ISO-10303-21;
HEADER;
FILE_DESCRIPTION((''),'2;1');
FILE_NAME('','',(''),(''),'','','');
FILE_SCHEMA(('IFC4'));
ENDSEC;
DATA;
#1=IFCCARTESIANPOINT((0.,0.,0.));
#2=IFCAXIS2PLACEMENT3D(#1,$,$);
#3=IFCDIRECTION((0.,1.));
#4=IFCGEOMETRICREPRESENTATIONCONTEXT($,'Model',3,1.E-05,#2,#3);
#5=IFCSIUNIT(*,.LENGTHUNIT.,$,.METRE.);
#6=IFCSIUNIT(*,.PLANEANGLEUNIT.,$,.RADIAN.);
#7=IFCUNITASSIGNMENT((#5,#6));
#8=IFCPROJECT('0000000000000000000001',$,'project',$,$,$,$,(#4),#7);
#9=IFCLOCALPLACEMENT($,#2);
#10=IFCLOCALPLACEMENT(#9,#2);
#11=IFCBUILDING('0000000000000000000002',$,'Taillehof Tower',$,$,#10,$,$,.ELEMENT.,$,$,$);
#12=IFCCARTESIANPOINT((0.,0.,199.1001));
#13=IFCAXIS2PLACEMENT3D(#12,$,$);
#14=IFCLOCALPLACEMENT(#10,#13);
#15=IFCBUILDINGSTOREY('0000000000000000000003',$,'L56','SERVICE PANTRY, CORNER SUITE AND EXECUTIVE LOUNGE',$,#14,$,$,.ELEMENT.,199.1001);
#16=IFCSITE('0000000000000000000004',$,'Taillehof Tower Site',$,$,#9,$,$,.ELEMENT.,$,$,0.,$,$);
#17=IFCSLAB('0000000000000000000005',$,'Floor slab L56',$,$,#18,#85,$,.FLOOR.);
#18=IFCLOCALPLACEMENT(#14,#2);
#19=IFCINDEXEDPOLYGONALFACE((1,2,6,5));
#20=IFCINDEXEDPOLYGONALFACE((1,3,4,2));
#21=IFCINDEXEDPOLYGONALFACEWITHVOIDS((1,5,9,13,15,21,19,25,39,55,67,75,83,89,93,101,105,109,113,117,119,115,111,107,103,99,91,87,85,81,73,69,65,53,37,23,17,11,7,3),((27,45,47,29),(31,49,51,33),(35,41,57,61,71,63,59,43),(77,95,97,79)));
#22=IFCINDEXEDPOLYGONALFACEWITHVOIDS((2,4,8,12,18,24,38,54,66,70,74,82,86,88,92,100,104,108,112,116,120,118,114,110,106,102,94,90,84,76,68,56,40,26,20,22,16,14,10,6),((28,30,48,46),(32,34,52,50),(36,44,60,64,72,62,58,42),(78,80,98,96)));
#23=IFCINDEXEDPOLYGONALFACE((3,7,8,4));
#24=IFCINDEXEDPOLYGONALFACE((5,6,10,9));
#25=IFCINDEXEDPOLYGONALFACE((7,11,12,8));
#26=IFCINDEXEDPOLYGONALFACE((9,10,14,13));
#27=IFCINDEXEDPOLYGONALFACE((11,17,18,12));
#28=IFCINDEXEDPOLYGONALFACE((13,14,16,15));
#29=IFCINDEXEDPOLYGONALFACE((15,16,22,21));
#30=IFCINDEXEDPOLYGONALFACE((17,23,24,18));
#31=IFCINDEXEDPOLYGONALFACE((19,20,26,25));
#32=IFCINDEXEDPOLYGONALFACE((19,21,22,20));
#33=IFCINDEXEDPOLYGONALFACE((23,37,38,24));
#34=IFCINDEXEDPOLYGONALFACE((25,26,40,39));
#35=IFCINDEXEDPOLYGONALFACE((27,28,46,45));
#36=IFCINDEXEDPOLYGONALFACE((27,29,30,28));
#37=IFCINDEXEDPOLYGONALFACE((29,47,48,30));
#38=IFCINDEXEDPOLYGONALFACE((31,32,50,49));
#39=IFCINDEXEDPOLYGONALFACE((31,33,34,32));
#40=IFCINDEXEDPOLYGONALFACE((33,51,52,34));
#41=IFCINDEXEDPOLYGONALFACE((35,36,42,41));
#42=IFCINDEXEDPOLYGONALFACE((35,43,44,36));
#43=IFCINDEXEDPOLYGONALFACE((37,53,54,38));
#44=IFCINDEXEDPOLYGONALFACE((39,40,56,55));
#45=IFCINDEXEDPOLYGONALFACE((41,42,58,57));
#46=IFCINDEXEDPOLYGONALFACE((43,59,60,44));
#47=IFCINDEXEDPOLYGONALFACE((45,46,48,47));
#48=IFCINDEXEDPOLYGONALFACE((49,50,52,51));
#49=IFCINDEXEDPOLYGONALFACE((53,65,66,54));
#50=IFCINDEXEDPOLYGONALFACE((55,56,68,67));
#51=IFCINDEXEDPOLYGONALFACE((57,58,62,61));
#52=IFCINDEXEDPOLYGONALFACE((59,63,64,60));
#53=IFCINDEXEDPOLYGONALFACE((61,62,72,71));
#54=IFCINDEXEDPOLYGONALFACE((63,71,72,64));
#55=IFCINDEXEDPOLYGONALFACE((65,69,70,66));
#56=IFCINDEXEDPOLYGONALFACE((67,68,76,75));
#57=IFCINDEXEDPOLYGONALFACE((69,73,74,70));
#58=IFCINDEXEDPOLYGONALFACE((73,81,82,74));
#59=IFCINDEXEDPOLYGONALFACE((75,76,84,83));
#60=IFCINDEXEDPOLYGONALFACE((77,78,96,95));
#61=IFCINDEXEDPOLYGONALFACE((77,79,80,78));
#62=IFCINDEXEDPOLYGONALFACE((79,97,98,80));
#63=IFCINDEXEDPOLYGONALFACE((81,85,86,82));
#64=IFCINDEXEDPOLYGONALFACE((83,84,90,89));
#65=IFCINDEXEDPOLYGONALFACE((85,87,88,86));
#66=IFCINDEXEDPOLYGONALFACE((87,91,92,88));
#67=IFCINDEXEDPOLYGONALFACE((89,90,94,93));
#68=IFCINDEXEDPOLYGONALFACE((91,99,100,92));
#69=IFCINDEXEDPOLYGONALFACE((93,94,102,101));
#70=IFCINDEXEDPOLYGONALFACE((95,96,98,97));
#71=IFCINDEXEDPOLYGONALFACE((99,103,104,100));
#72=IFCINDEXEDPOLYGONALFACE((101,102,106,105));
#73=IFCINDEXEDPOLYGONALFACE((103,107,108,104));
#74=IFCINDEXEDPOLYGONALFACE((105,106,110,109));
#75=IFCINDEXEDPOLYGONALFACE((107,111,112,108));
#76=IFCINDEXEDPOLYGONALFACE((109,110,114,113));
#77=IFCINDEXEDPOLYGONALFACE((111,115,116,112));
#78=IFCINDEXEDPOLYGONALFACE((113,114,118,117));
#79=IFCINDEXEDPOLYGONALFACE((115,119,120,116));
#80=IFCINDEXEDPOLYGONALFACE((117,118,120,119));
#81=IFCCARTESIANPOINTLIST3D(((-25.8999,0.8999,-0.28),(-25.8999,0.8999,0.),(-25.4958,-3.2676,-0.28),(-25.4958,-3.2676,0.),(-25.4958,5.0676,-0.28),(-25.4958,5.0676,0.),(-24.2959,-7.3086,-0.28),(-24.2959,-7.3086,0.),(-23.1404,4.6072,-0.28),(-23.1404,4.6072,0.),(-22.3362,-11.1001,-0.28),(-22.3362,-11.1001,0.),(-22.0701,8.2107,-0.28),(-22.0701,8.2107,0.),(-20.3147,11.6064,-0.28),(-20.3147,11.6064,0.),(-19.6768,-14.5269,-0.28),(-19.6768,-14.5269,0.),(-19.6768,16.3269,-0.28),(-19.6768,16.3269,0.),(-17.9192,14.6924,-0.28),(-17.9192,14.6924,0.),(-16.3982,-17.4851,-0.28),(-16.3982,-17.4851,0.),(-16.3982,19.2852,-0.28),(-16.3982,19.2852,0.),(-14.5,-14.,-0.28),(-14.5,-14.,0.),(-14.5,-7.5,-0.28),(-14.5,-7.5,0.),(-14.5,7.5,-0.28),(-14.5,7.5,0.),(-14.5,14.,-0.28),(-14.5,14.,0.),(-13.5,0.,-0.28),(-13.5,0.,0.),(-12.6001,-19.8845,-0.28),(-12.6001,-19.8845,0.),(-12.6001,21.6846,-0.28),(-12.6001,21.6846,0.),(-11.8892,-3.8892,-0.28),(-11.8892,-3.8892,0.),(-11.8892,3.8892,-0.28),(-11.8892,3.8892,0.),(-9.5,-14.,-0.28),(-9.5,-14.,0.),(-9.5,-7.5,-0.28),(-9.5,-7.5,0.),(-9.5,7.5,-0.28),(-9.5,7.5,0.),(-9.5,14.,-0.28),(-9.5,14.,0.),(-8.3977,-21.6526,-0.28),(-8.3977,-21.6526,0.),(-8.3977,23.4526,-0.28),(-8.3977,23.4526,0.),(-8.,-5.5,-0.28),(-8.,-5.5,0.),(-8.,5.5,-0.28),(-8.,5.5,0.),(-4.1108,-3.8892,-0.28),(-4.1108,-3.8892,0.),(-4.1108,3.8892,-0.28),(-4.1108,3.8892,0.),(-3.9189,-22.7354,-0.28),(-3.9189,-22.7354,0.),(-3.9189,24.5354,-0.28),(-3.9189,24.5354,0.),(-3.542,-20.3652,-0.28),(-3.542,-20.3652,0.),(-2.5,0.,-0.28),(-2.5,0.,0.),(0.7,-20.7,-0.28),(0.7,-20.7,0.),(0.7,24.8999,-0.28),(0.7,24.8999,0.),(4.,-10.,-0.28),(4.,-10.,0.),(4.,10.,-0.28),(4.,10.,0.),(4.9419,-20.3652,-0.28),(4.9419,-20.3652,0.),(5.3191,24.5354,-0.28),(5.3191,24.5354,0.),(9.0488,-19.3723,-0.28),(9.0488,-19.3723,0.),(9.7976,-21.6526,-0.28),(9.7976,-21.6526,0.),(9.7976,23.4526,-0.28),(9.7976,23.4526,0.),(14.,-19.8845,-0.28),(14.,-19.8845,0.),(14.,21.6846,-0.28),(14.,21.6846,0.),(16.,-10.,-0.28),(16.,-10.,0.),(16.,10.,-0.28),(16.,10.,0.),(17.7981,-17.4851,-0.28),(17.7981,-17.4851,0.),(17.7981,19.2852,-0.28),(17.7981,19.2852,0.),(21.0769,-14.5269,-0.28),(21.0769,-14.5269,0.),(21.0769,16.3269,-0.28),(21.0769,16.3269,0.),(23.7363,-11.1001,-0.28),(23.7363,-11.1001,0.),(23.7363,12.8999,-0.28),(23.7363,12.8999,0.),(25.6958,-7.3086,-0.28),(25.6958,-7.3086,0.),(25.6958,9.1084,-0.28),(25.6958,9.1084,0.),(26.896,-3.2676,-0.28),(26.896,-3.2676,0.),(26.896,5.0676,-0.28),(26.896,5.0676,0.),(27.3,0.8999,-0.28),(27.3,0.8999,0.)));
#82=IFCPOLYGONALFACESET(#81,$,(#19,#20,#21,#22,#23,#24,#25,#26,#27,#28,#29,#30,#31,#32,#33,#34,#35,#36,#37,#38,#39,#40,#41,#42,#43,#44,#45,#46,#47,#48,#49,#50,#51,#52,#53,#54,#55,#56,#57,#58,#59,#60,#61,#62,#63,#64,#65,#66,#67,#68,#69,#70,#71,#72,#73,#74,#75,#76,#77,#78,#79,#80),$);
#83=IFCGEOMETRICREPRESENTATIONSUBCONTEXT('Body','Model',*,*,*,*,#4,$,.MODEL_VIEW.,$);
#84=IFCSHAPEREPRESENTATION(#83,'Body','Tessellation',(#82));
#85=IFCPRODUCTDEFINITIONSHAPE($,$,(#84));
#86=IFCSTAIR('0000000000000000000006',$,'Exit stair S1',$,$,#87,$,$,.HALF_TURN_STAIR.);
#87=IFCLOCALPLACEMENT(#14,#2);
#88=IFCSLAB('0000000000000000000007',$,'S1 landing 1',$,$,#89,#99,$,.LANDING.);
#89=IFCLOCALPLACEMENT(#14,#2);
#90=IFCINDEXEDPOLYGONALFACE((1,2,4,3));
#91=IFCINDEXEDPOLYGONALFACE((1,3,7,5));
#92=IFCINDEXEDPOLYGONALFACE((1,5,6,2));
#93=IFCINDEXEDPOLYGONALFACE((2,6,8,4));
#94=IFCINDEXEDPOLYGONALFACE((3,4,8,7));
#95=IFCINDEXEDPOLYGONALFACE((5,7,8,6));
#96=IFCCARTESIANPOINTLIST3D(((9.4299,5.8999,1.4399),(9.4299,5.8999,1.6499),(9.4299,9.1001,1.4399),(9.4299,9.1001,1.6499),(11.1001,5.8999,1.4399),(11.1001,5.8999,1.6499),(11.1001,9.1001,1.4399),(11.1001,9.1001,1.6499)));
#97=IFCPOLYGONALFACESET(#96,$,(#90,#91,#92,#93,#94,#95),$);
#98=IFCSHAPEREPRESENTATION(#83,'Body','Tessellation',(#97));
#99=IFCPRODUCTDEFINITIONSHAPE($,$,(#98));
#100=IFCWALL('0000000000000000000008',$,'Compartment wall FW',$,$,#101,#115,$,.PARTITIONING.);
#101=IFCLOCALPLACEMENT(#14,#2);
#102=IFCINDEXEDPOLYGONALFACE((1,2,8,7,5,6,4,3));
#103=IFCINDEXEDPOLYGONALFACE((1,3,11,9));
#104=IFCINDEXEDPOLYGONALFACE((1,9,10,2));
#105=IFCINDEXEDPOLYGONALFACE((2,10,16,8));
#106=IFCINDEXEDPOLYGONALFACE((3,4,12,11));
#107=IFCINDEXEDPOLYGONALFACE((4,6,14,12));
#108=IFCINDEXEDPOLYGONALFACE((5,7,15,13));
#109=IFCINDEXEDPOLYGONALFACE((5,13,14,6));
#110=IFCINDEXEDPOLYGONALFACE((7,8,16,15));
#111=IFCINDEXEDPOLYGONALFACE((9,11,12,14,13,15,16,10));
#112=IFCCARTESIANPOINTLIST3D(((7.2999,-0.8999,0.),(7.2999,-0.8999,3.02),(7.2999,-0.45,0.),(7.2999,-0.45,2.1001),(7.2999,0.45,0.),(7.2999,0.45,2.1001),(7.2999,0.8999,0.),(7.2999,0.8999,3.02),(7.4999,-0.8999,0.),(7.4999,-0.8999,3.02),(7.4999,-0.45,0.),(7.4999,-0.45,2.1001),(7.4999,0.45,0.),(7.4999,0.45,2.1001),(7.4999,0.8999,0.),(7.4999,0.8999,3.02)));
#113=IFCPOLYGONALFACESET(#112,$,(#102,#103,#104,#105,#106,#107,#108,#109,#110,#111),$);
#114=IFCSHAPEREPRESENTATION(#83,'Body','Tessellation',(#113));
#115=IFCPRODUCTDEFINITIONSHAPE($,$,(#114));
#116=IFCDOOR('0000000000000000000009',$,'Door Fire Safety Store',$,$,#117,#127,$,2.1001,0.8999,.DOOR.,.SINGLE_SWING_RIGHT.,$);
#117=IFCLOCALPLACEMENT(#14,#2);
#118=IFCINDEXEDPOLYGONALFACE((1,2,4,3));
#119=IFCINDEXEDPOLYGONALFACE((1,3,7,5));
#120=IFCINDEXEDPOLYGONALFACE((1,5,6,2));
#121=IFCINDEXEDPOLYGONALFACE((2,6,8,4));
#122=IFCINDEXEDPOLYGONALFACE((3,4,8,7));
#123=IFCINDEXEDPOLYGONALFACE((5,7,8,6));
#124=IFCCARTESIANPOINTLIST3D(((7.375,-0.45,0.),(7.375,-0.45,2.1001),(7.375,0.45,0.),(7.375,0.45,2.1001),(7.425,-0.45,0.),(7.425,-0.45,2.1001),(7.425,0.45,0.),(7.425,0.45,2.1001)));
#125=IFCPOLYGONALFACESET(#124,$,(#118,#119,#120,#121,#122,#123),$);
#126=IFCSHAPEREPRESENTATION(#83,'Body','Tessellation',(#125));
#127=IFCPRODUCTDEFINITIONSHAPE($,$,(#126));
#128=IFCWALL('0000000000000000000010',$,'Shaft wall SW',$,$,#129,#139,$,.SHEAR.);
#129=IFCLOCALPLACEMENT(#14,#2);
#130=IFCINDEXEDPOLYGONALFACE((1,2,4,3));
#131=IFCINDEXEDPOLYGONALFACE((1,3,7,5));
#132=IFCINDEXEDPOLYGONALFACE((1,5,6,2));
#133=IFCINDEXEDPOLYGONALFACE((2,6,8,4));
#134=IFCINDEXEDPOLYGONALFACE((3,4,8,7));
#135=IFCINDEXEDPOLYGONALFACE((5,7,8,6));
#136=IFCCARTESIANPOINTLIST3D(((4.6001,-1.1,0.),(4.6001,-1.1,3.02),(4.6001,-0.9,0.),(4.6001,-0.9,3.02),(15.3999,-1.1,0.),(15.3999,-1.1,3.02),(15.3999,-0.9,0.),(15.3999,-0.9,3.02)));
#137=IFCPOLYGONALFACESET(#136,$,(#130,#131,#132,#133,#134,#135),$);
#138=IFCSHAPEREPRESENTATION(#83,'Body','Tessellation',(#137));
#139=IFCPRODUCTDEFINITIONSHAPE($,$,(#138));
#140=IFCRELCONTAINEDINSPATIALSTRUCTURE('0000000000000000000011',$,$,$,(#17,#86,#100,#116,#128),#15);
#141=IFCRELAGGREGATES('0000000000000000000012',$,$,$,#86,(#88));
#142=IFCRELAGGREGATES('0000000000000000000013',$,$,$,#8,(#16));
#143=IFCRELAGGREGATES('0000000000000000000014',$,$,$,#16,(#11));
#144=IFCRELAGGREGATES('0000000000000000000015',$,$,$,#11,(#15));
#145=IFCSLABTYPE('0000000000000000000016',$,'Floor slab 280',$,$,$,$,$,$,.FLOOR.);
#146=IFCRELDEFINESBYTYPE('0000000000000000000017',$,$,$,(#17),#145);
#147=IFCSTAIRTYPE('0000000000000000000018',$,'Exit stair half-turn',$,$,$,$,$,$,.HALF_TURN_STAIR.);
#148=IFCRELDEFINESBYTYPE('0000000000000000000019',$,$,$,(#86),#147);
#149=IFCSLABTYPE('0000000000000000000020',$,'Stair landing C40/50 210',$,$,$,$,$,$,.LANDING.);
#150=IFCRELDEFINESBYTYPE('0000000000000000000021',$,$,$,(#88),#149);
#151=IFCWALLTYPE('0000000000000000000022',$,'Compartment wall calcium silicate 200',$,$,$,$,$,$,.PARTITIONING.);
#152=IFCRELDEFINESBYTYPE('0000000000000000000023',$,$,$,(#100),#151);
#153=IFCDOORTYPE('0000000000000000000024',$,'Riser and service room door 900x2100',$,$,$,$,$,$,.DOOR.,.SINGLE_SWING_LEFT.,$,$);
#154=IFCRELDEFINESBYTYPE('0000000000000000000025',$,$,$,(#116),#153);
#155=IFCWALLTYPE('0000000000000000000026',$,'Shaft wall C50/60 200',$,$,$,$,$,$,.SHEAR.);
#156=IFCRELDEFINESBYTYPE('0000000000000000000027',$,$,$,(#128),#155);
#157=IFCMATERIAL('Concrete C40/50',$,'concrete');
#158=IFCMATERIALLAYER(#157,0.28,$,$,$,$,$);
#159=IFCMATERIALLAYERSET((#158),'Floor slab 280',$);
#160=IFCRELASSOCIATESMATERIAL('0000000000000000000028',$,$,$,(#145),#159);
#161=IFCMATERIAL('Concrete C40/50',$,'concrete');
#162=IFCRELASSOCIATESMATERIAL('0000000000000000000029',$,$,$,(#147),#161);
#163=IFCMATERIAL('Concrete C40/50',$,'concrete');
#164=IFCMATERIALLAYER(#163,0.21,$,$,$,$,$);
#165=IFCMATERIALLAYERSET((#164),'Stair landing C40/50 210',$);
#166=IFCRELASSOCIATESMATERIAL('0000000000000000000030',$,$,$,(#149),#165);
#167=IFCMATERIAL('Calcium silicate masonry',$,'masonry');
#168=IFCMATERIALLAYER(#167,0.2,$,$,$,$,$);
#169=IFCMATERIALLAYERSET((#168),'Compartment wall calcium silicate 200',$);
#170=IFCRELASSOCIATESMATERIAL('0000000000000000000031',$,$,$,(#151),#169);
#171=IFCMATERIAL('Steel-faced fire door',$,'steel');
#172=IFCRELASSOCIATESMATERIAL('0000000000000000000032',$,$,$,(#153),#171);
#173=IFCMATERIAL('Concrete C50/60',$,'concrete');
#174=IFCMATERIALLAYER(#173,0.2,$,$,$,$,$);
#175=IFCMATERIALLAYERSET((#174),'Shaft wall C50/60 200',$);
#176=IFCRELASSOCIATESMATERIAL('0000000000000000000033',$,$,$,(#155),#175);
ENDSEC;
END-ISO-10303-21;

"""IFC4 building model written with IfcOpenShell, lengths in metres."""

from ifc_helpers import new_model, si_unit, direction, frame, frame_2d, origin, place, context, subcontext, project, spatial, polyline, rectangle, outline, extrude, material, layer, layer_set, type_object, element, fill, aggregate, save


model = new_model("IFC4")

# Units and contexts
model_context = context("Model", 3, precision=1e-05, world=origin(), true_north=direction((0.0, 1.0)))
body_context = subcontext(model_context, "Body", "Model", "MODEL_VIEW")
ifc_project = project(units=[si_unit("LENGTHUNIT", "METRE"), si_unit("PLANEANGLEUNIT", "RADIAN")], contexts=[model_context])

# Site, building, storey
site_placement = place(None, origin())
site = spatial("IfcSite", under=ifc_project, at=site_placement, Name="Taillehof Tower Site", CompositionType="ELEMENT", RefElevation=0.0)
building_placement = place(site_placement, origin())
building = spatial("IfcBuilding", under=site, at=building_placement, Name="Taillehof Tower", CompositionType="ELEMENT")
storey_placement = place(building_placement, frame((0.0, 0.0, 199.1001)))
storey = spatial("IfcBuildingStorey", under=building, at=storey_placement, Name="L56", Description="SERVICE PANTRY, CORNER SUITE AND EXECUTIVE LOUNGE", CompositionType="ELEMENT", Elevation=199.1001)

# Slab
ifc_material_1 = material(Name="Concrete C40/50", Category="concrete")
ifc_layer_1 = layer(ifc_material_1, 0.28)
ifc_layer_set_1 = layer_set([ifc_layer_1], Name="Floor slab 280")
slab_type_1 = type_object("IfcSlabType", Name="Floor slab 280", PredefinedType="FLOOR", material=ifc_layer_set_1)
slab_1_placement = place(storey_placement, frame((0.0, 0.0, -0.28)))
element("IfcSlab", 1, at=slab_1_placement, inside=storey, type_object=slab_type_1, Name="Floor slab L56", PredefinedType="FLOOR", context=body_context, shape_type="SweptSolid", body=[
    extrude(outline(polyline([(27.3, 0.8999), (26.896, 5.0676), (25.6958, 9.1084), (23.7363, 12.8999), (21.0769, 16.3269), (17.7981, 19.2852), (14.0, 21.6846), (9.7976, 23.4526), (5.3191, 24.5354), (0.7, 24.8999), (-3.9189, 24.5354), (-8.3977, 23.4526), (-12.6001, 21.6846), (-16.3982, 19.2852), (-19.6768, 16.3269), (-17.9192, 14.6924), (-20.3147, 11.6064), (-22.0701, 8.2107), (-23.1404, 4.6072), (-25.4958, 5.0676), (-25.8999, 0.8999), (-25.4958, -3.2676), (-24.2959, -7.3086), (-22.3362, -11.1001), (-19.6768, -14.5269), (-16.3982, -17.4851), (-12.6001, -19.8845), (-8.3977, -21.6526), (-3.9189, -22.7354), (-3.542, -20.3652), (0.7, -20.7), (4.9419, -20.3652), (9.0488, -19.3723), (9.7976, -21.6526), (14.0, -19.8845), (17.7981, -17.4851), (21.0769, -14.5269), (23.7363, -11.1001), (25.6958, -7.3086), (26.896, -3.2676), (27.3, 0.8999)]), holes=[polyline([(-14.5, -7.5), (-9.5, -7.5), (-9.5, -14.0), (-14.5, -14.0), (-14.5, -7.5)]), polyline([(-8.0, -5.5), (-11.8892, -3.8892), (-13.5, 0.0), (-11.8892, 3.8892), (-8.0, 5.5), (-4.1108, 3.8892), (-2.5, 0.0), (-4.1108, -3.8892), (-8.0, -5.5)]), polyline([(16.0, 10.0), (16.0, -10.0), (4.0, -10.0), (4.0, 10.0), (16.0, 10.0)]), polyline([(-14.5, 14.0), (-9.5, 14.0), (-9.5, 7.5), (-14.5, 7.5), (-14.5, 14.0)])]), origin(), (0.0, 0.0, 1.0), 0.28),
])

# Stair, slab
ifc_material_2 = material(Name="Concrete C40/50", Category="concrete")
stair_type = type_object("IfcStairType", Name="Exit stair half-turn", PredefinedType="HALF_TURN_STAIR", material=ifc_material_2)
stair_placement = place(storey_placement, origin())
stair = element("IfcStair", 2, at=stair_placement, inside=storey, type_object=stair_type, Name="Exit stair S1", PredefinedType="HALF_TURN_STAIR")
ifc_material_3 = material(Name="Concrete C40/50", Category="concrete")
ifc_layer_2 = layer(ifc_material_3, 0.21)
ifc_layer_set_2 = layer_set([ifc_layer_2], Name="Stair landing C40/50 210")
slab_type_2 = type_object("IfcSlabType", Name="Stair landing C40/50 210", PredefinedType="LANDING", material=ifc_layer_set_2)
slab_2_placement = place(storey_placement, frame((0.0, 0.0, 1.4399)))
slab_2 = element("IfcSlab", 3, at=slab_2_placement, type_object=slab_type_2, Name="S1 landing 1", PredefinedType="LANDING", context=body_context, shape_type="SweptSolid", body=[
    extrude(outline(polyline([(9.4299, 5.8999), (11.1001, 5.8999), (11.1001, 9.1001), (9.4299, 9.1001), (9.4299, 5.8999)])), origin(), (0.0, 0.0, 1.0), 0.21),
])
aggregate(stair, [slab_2])

# Wall, opening, door
ifc_material_4 = material(Name="Calcium silicate masonry", Category="masonry")
ifc_layer_3 = layer(ifc_material_4, 0.2)
ifc_layer_set_3 = layer_set([ifc_layer_3], Name="Compartment wall calcium silicate 200")
wall_type_1 = type_object("IfcWallType", Name="Compartment wall calcium silicate 200", PredefinedType="PARTITIONING", material=ifc_layer_set_3)
wall_1_placement = place(storey_placement, frame((7.3999, -0.8999, 0.0), z_axis=(0.0, 0.0, 1.0), x_axis=(0.0, 1.0, 0.0)))
wall_1 = element("IfcWall", 4, at=wall_1_placement, inside=storey, type_object=wall_type_1, Name="Compartment wall FW", PredefinedType="PARTITIONING", context=body_context, shape_type="SweptSolid", body=[
    extrude(rectangle(XDim=1.7998, YDim=0.2, at=frame_2d((0.8999, 0.0))), origin(), (0.0, 0.0, 1.0), 3.02),
])
opening_1_placement = place(wall_1_placement, frame((0.45, 0.0, 0.0)))
opening_1 = element("IfcOpeningElement", 5, at=opening_1_placement, cuts=wall_1, PredefinedType="OPENING", context=body_context, shape_type="SweptSolid", body=[
    extrude(rectangle(XDim=0.8999, YDim=2.1001, at=frame_2d((0.45, 1.05))), frame((0.0, 0.1099, 0.0), z_axis=(0.0, -1.0, 0.0), x_axis=(1.0, 0.0, 0.0)), (0.0, 0.0, 1.0), 0.22),
])
ifc_material_5 = material(Name="Steel-faced fire door", Category="steel")
door_type_1 = type_object("IfcDoorType", Name="Riser and service room door 900x2100", OperationType="SINGLE_SWING_LEFT", PredefinedType="DOOR", material=ifc_material_5)
door_1_placement = place(opening_1_placement, origin())
door_1 = element("IfcDoor", 6, at=door_1_placement, inside=storey, type_object=door_type_1, Name="Door Fire Safety Store", OperationType="SINGLE_SWING_RIGHT", OverallHeight=2.1001, OverallWidth=0.8999, PredefinedType="DOOR", context=body_context, shape_type="SweptSolid", body=[
    extrude(rectangle(XDim=0.8999, YDim=2.1001, at=frame_2d((0.45, 1.05))), frame((0.0, 0.0249, 0.0), z_axis=(0.0, -1.0, 0.0), x_axis=(1.0, 0.0, 0.0)), (0.0, 0.0, 1.0), 0.05),
])
fill(opening_1, door_1)

# Wall
ifc_material_6 = material(Name="Concrete C50/60", Category="concrete")
ifc_layer_4 = layer(ifc_material_6, 0.2)
ifc_layer_set_4 = layer_set([ifc_layer_4], Name="Shaft wall C50/60 200")
wall_type_2 = type_object("IfcWallType", Name="Shaft wall C50/60 200", PredefinedType="SHEAR", material=ifc_layer_set_4)
wall_2_placement = place(storey_placement, frame((4.6001, -1.0, 0.0), z_axis=(0.0, 0.0, 1.0), x_axis=(1.0, 0.0, 0.0)))
element("IfcWall", 7, at=wall_2_placement, inside=storey, type_object=wall_type_2, Name="Shaft wall SW", PredefinedType="SHEAR", context=body_context, shape_type="SweptSolid", body=[
    extrude(rectangle(XDim=10.7998, YDim=0.2, at=frame_2d((5.3999, 0.0))), origin(), (0.0, 0.0, 1.0), 3.02),
])

save(model, "model.ifc")
